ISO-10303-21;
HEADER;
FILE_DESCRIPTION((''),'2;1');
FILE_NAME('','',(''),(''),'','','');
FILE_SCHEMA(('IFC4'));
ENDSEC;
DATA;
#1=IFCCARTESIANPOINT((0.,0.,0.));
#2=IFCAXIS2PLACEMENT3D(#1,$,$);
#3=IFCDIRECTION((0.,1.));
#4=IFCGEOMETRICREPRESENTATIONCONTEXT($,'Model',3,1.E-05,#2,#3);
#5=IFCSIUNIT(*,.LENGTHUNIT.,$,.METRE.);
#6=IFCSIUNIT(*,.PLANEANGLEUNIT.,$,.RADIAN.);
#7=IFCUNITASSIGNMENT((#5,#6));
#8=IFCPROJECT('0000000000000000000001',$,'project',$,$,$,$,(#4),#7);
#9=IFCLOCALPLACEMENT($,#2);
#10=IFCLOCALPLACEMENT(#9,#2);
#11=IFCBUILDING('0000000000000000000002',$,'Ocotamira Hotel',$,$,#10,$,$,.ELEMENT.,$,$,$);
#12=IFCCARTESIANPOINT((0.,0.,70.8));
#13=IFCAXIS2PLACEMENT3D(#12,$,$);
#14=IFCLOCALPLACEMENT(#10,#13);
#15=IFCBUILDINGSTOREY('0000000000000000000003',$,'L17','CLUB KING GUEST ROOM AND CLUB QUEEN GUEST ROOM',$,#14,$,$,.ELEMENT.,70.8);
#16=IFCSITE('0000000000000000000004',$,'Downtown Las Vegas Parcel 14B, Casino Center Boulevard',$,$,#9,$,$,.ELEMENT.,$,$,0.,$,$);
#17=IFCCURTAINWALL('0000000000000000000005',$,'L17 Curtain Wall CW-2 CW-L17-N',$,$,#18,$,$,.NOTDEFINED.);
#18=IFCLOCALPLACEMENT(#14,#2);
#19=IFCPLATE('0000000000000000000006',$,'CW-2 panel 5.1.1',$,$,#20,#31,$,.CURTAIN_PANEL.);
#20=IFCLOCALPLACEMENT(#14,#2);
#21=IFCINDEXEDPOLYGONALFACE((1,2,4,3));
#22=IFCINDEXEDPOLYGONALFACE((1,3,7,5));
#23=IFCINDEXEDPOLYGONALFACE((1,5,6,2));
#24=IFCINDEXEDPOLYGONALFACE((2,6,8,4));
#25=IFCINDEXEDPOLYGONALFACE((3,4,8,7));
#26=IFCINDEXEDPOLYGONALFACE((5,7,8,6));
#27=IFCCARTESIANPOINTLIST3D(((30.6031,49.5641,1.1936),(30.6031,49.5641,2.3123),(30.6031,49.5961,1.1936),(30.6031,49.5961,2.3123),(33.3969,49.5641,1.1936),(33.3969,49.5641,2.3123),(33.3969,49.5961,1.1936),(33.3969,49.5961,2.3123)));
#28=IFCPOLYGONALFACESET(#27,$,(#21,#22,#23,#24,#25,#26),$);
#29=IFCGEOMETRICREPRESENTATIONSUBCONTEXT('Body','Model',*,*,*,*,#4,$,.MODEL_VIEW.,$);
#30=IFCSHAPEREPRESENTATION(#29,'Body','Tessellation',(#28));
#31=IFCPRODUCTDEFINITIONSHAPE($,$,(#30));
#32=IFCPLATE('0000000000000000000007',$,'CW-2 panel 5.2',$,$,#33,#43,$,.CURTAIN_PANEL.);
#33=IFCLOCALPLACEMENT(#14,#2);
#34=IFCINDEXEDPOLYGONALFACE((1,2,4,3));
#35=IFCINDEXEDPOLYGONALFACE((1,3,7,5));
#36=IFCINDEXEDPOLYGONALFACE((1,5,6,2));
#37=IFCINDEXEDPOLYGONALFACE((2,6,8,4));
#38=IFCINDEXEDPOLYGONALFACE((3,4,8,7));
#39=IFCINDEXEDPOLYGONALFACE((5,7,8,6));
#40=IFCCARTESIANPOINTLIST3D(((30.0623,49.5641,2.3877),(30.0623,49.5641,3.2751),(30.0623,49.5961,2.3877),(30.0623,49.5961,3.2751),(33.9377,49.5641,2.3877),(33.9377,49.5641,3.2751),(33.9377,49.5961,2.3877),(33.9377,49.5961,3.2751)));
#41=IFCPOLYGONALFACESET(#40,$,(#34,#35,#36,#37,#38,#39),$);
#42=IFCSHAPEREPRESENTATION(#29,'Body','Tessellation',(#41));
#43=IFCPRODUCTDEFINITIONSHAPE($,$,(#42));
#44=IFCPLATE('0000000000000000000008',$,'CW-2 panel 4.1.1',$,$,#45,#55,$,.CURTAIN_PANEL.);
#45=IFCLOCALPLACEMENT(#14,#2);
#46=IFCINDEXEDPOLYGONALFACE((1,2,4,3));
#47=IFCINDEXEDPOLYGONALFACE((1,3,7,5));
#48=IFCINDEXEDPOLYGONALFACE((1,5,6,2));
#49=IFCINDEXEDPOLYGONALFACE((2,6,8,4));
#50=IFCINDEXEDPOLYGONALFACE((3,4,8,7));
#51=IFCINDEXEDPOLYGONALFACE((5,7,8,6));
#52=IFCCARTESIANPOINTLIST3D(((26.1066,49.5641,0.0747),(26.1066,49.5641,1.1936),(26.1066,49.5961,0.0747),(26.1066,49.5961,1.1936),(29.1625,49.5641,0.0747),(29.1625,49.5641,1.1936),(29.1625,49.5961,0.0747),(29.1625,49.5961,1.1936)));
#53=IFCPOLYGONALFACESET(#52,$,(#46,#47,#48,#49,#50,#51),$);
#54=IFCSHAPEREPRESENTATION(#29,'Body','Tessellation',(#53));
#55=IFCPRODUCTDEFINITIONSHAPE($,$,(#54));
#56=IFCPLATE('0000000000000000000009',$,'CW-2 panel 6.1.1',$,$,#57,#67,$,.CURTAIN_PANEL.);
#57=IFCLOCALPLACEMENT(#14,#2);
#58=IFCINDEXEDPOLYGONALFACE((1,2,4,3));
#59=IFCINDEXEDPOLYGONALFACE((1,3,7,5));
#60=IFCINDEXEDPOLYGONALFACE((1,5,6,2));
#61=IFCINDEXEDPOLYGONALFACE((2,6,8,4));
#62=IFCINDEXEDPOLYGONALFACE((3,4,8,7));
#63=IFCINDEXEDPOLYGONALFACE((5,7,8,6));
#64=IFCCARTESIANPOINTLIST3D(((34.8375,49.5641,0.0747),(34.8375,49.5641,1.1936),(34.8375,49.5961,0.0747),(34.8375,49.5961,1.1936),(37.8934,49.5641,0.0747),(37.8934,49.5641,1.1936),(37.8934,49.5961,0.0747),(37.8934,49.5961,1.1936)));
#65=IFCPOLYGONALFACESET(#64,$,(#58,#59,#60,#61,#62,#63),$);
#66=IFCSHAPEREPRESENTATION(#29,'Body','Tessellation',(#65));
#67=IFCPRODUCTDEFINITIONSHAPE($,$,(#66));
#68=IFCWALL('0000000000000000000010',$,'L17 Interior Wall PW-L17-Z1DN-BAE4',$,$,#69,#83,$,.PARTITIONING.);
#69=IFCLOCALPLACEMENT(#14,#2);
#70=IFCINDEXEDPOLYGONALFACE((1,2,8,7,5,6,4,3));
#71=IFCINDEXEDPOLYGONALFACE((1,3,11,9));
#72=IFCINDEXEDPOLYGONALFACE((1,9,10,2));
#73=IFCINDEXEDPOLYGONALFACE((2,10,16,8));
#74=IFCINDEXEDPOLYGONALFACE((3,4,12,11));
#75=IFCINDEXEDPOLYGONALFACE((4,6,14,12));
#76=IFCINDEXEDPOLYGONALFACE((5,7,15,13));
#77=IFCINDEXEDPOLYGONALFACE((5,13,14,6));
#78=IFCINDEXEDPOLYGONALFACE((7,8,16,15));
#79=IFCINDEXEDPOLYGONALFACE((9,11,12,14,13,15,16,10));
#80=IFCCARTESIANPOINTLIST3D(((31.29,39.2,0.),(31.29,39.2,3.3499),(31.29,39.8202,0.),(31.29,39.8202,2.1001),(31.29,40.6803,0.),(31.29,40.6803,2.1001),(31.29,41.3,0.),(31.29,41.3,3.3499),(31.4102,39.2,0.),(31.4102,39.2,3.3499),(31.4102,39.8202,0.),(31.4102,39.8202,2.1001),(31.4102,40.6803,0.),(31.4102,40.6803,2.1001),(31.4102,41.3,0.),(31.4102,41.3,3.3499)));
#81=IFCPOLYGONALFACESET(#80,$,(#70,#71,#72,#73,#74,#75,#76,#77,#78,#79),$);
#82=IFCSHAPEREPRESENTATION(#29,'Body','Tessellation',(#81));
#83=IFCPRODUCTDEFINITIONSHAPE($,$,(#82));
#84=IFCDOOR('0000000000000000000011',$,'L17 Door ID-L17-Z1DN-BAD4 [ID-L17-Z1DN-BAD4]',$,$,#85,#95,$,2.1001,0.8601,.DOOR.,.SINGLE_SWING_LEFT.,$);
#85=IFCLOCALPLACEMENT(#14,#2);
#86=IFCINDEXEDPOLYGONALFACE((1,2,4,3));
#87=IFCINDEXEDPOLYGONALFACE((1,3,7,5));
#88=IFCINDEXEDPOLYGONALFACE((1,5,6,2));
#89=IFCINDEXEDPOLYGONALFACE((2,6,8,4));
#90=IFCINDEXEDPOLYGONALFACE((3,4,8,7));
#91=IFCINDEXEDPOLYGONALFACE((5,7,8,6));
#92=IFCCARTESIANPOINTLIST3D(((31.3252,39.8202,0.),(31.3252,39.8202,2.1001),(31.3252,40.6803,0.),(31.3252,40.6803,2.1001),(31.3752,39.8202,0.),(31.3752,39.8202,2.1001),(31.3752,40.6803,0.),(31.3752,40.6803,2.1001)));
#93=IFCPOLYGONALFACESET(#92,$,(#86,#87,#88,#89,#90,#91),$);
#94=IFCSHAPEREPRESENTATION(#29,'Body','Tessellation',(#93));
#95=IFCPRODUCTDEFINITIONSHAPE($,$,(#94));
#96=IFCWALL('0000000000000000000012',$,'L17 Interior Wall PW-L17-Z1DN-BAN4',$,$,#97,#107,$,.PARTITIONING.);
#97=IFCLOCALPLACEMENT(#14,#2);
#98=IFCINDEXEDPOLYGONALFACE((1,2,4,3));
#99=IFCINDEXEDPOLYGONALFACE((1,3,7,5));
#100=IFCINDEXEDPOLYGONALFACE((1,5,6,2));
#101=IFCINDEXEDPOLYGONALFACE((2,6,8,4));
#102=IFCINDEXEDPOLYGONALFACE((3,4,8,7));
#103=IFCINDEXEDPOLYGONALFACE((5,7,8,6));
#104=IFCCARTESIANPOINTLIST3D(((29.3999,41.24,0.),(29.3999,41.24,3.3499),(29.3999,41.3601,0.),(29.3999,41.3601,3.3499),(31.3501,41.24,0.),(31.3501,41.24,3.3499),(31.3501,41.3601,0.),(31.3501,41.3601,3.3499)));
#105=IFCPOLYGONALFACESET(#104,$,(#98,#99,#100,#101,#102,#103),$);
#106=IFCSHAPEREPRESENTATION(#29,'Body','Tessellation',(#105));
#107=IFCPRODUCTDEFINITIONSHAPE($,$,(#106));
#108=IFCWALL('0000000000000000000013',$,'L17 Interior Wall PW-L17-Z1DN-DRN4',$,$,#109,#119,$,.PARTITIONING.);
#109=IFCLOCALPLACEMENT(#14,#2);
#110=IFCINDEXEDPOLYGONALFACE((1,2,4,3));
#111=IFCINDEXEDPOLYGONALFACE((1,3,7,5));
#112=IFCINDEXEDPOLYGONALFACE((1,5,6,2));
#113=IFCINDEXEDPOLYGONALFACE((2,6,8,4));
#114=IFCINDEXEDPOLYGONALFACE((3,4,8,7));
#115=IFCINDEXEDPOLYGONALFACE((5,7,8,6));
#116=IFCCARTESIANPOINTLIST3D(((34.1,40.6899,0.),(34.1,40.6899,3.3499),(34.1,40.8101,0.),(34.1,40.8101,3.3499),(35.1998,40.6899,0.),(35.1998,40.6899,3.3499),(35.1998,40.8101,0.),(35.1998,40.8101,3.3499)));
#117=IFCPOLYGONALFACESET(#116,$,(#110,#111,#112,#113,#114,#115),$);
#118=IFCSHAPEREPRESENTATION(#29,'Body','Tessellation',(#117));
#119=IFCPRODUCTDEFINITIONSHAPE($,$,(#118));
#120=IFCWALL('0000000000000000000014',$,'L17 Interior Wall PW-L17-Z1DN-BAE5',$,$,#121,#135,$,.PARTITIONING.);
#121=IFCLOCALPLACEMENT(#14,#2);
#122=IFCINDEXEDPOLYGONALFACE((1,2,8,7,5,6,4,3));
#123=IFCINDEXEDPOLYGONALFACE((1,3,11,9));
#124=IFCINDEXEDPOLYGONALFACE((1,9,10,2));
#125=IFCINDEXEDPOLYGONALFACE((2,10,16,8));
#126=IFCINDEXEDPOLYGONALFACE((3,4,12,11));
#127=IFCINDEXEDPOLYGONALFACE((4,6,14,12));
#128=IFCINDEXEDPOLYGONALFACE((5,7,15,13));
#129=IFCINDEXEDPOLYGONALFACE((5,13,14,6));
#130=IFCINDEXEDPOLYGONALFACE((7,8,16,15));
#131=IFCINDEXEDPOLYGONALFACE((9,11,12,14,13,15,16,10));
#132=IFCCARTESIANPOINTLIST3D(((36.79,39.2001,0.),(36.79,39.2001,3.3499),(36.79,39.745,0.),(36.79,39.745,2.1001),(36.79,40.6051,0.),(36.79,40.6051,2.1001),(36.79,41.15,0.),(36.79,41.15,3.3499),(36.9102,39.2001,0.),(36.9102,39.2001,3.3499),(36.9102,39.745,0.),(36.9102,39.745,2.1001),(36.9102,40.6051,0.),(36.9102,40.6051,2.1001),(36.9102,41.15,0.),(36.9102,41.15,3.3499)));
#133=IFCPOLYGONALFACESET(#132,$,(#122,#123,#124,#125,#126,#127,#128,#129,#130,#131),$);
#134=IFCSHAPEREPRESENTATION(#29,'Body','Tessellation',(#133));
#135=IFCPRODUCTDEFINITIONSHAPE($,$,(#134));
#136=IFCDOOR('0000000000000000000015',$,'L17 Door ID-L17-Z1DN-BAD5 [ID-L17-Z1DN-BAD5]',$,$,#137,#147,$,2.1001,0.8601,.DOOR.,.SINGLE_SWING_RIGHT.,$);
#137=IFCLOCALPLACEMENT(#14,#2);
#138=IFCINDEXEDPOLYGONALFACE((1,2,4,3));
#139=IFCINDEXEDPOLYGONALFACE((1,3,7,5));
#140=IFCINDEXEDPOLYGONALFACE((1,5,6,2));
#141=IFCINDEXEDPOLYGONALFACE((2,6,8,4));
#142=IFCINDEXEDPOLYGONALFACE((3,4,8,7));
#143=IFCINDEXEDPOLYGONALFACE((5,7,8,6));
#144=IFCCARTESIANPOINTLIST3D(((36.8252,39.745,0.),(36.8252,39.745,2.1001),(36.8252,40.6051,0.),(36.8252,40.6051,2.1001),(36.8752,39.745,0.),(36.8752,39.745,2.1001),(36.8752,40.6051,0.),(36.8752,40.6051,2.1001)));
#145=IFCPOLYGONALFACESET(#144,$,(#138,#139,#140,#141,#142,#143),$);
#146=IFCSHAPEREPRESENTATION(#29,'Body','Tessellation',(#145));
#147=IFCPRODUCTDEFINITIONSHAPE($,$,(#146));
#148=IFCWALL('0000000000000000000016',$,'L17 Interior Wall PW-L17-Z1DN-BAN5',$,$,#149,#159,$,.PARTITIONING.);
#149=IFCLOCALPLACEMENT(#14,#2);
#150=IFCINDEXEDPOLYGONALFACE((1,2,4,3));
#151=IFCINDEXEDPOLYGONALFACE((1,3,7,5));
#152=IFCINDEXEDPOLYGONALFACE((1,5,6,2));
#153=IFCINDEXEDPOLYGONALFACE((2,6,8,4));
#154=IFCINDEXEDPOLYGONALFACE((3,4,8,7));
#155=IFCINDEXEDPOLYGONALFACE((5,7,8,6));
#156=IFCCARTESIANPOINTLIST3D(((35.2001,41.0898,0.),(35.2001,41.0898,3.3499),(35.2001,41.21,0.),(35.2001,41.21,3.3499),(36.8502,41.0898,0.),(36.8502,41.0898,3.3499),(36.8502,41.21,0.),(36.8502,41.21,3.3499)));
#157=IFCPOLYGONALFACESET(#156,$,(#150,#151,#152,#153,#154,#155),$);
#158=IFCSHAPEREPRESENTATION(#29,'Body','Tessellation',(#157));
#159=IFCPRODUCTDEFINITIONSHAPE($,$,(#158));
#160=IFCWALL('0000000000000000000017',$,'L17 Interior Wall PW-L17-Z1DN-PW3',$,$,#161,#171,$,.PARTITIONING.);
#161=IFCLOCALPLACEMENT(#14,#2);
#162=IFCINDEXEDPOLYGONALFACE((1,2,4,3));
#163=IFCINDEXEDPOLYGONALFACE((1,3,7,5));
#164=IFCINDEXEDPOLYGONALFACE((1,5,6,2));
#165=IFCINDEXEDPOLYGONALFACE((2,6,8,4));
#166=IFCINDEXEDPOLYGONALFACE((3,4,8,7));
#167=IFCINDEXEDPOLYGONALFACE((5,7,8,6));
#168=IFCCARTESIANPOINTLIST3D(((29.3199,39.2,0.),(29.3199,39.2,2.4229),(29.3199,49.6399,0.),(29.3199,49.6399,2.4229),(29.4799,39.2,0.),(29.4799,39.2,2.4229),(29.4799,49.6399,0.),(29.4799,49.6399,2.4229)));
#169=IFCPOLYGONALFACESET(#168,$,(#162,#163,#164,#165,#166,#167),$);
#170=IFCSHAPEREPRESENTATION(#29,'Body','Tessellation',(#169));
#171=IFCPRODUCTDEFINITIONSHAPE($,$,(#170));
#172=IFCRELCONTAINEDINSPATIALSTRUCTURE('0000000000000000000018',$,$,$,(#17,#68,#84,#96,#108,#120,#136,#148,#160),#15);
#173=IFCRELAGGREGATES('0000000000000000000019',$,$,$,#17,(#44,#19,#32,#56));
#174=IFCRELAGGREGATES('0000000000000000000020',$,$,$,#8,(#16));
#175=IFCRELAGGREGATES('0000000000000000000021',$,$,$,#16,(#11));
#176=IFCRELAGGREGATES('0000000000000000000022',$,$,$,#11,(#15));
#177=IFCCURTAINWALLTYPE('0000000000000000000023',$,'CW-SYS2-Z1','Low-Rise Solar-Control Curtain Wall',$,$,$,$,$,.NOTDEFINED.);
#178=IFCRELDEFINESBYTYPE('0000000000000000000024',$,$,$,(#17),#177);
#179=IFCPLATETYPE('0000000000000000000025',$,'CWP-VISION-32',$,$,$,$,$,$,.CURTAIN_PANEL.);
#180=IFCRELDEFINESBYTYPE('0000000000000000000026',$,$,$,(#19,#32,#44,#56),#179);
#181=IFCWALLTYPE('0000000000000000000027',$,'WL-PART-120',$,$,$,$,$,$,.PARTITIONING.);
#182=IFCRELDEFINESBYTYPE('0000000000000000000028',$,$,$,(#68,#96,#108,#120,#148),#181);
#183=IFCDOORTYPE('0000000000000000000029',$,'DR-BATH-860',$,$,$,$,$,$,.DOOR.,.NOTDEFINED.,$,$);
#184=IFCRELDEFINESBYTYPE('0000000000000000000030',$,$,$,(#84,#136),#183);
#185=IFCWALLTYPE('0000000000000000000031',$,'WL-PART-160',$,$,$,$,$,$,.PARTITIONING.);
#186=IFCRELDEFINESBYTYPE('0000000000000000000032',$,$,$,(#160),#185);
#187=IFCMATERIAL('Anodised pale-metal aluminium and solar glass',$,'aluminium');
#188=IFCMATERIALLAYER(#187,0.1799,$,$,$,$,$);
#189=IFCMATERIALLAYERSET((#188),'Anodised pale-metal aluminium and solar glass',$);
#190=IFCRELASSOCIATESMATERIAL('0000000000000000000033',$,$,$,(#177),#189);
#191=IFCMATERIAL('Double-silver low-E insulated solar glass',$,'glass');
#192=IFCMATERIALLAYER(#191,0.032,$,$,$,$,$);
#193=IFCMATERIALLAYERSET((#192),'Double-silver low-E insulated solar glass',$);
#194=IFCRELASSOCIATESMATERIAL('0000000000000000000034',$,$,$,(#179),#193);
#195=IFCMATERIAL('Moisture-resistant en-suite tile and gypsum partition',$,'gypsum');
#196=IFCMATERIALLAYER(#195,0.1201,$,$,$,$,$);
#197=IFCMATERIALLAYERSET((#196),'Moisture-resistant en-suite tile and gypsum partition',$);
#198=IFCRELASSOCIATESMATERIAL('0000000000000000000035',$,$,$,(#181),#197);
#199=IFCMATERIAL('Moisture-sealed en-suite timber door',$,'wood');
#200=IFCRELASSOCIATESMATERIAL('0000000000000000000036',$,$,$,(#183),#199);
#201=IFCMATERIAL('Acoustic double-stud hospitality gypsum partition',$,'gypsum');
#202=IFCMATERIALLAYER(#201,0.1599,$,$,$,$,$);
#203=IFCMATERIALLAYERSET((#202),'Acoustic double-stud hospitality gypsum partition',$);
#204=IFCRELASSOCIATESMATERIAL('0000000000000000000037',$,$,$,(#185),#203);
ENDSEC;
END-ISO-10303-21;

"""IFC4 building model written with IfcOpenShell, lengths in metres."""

from ifc_helpers import new_model, si_unit, direction, frame, frame_2d, origin, origin_2d, place, context, subcontext, project, spatial, rectangle, extrude, source, transform, mapped, material, layer, layer_set, type_object, element, fill, aggregate, save


model = new_model("IFC4")

# Units and contexts
model_context = context("Model", 3, precision=1e-05, world=origin(), true_north=direction((0.0, 1.0)))
body_context = subcontext(model_context, "Body", "Model", "MODEL_VIEW")
ifc_project = project(units=[si_unit("LENGTHUNIT", "METRE"), si_unit("PLANEANGLEUNIT", "RADIAN")], contexts=[model_context])

# Site, building, storey
site_placement = place(None, origin())
site = spatial("IfcSite", under=ifc_project, at=site_placement, Name="Downtown Las Vegas Parcel 14B, Casino Center Boulevard", CompositionType="ELEMENT", RefElevation=0.0)
building_placement = place(site_placement, origin())
building = spatial("IfcBuilding", under=site, at=building_placement, Name="Ocotamira Hotel", CompositionType="ELEMENT")
storey_placement = place(building_placement, frame((0.0, 0.0, 70.8)))
storey = spatial("IfcBuildingStorey", under=building, at=storey_placement, Name="L17", Description="CLUB KING GUEST ROOM AND CLUB QUEEN GUEST ROOM", CompositionType="ELEMENT", Elevation=70.8)

# Curtain wall
ifc_material_1 = material(Name="Anodised pale-metal aluminium and solar glass", Category="aluminium")
ifc_layer_1 = layer(ifc_material_1, 0.1799)
ifc_layer_set_1 = layer_set([ifc_layer_1], Name="Anodised pale-metal aluminium and solar glass")
curtain_wall_type = type_object("IfcCurtainWallType", Name="CW-SYS2-Z1", Description="Low-Rise Solar-Control Curtain Wall", PredefinedType="NOTDEFINED", material=ifc_layer_set_1)
curtain_wall_placement = place(storey_placement, origin())
curtain_wall = element("IfcCurtainWall", 1, at=curtain_wall_placement, inside=storey, type_object=curtain_wall_type, Name="L17 Curtain Wall CW-2 CW-L17-N", PredefinedType="NOTDEFINED")

# Plates
ifc_material_2 = material(Name="Double-silver low-E insulated solar glass", Category="glass")
ifc_layer_2 = layer(ifc_material_2, 0.032)
ifc_layer_set_2 = layer_set([ifc_layer_2], Name="Double-silver low-E insulated solar glass")
plate_type_1 = type_object("IfcPlateType", Name="CWP-VISION-32", PredefinedType="CURTAIN_PANEL", material=ifc_layer_set_2)
shared_shape_1 = source(origin(), body_context, "Body", "SweptSolid", [
    extrude(rectangle(XDim=2.7937, YDim=0.032, at=origin_2d()), origin(), (0.0, 0.0, 1.0), 1.1187),
])
plate_1_placement = place(storey_placement, frame((32.0, 49.5801, 1.1936), z_axis=(0.0, 0.0, 1.0), x_axis=(1.0, 0.0, 0.0)))
plate_1 = element("IfcPlate", 2, at=plate_1_placement, type_object=plate_type_1, Name="CW-2 panel 5.1.1", PredefinedType="CURTAIN_PANEL", context=body_context, shape_type="MappedRepresentation", body=[
    mapped(shared_shape_1, transform((0.0, 0.0, 0.0), scale=1.0)),
])
shared_shape_2 = source(origin(), body_context, "Body", "SweptSolid", [
    extrude(rectangle(XDim=3.8755, YDim=0.032, at=origin_2d()), origin(), (0.0, 0.0, 1.0), 0.8875),
])
plate_2_placement = place(storey_placement, frame((32.0, 49.5801, 2.3877), z_axis=(0.0, 0.0, 1.0), x_axis=(1.0, 0.0, 0.0)))
plate_2 = element("IfcPlate", 3, at=plate_2_placement, type_object=plate_type_1, Name="CW-2 panel 5.2", PredefinedType="CURTAIN_PANEL", context=body_context, shape_type="MappedRepresentation", body=[
    mapped(shared_shape_2, transform((0.0, 0.0, 0.0), scale=1.0)),
])
shared_shape_3 = source(origin(), body_context, "Body", "SweptSolid", [
    extrude(rectangle(XDim=3.0559, YDim=0.032, at=origin_2d()), origin(), (0.0, 0.0, 1.0), 1.1189),
])
plate_3_placement = place(storey_placement, frame((27.6345, 49.5801, 0.0747), z_axis=(0.0, 0.0, 1.0), x_axis=(1.0, 0.0, 0.0)))
plate_3 = element("IfcPlate", 4, at=plate_3_placement, type_object=plate_type_1, Name="CW-2 panel 4.1.1", PredefinedType="CURTAIN_PANEL", context=body_context, shape_type="MappedRepresentation", body=[
    mapped(shared_shape_3, transform((0.0, 0.0, 0.0), scale=1.0)),
])
plate_4_placement = place(storey_placement, frame((36.3655, 49.5801, 0.0747), z_axis=(0.0, 0.0, 1.0), x_axis=(1.0, 0.0, 0.0)))
plate_4 = element("IfcPlate", 5, at=plate_4_placement, type_object=plate_type_1, Name="CW-2 panel 6.1.1", PredefinedType="CURTAIN_PANEL", context=body_context, shape_type="MappedRepresentation", body=[
    mapped(shared_shape_3, transform((0.0, 0.0, 0.0), scale=1.0)),
])
aggregate(curtain_wall, [plate_3, plate_1, plate_2, plate_4])

# Wall, opening, door
ifc_material_3 = material(Name="Moisture-resistant en-suite tile and gypsum partition", Category="gypsum")
ifc_layer_3 = layer(ifc_material_3, 0.1201)
ifc_layer_set_3 = layer_set([ifc_layer_3], Name="Moisture-resistant en-suite tile and gypsum partition")
wall_type_1 = type_object("IfcWallType", Name="WL-PART-120", PredefinedType="PARTITIONING", material=ifc_layer_set_3)
wall_1_placement = place(storey_placement, frame((31.3501, 39.2, 0.0), z_axis=(0.0, 0.0, 1.0), x_axis=(0.0, 1.0, 0.0)))
wall_1 = element("IfcWall", 6, at=wall_1_placement, inside=storey, type_object=wall_type_1, Name="L17 Interior Wall PW-L17-Z1DN-BAE4", PredefinedType="PARTITIONING", context=body_context, shape_type="SweptSolid", body=[
    extrude(rectangle(XDim=2.1001, YDim=0.1201, at=frame_2d((1.05, 0.0))), origin(), (0.0, 0.0, 1.0), 3.3499),
])
opening_1_placement = place(wall_1_placement, frame((0.6201, 0.0, 0.0)))
opening_1 = element("IfcOpeningElement", 7, at=opening_1_placement, cuts=wall_1, PredefinedType="OPENING", context=body_context, shape_type="SweptSolid", body=[
    extrude(rectangle(XDim=0.8601, YDim=2.1001, at=frame_2d((0.4302, 1.05))), frame((0.0, 0.0701, 0.0), z_axis=(0.0, -1.0, 0.0), x_axis=(1.0, 0.0, 0.0)), (0.0, 0.0, 1.0), 0.1401),
])
ifc_material_4 = material(Name="Moisture-sealed en-suite timber door", Category="wood")
door_type = type_object("IfcDoorType", Name="DR-BATH-860", OperationType="NOTDEFINED", PredefinedType="DOOR", material=ifc_material_4)
shared_shape_4 = source(origin(), body_context, "Body", "SweptSolid", [
    extrude(rectangle(XDim=0.8601, YDim=2.1001, at=frame_2d((0.4302, 1.05))), frame((0.0, 0.0249, 0.0), z_axis=(0.0, -1.0, 0.0), x_axis=(1.0, 0.0, 0.0)), (0.0, 0.0, 1.0), 0.05),
])
door_1_placement = place(opening_1_placement, origin())
door_1 = element("IfcDoor", 8, at=door_1_placement, inside=storey, type_object=door_type, Name="L17 Door ID-L17-Z1DN-BAD4 [ID-L17-Z1DN-BAD4]", OperationType="SINGLE_SWING_LEFT", OverallHeight=2.1001, OverallWidth=0.8601, PredefinedType="DOOR", context=body_context, shape_type="MappedRepresentation", body=[
    mapped(shared_shape_4, transform((0.0, 0.0, 0.0), scale=1.0)),
])
fill(opening_1, door_1)

# Walls
wall_2_placement = place(storey_placement, frame((29.3999, 41.3, 0.0), z_axis=(0.0, 0.0, 1.0), x_axis=(1.0, 0.0, 0.0)))
element("IfcWall", 9, at=wall_2_placement, inside=storey, type_object=wall_type_1, Name="L17 Interior Wall PW-L17-Z1DN-BAN4", PredefinedType="PARTITIONING", context=body_context, shape_type="SweptSolid", body=[
    extrude(rectangle(XDim=1.9502, YDim=0.1201, at=frame_2d((0.9751, 0.0))), origin(), (0.0, 0.0, 1.0), 3.3499),
])
wall_3_placement = place(storey_placement, frame((34.1001, 40.75, 0.0), z_axis=(0.0, 0.0, 1.0), x_axis=(1.0, 0.0, 0.0)))
element("IfcWall", 10, at=wall_3_placement, inside=storey, type_object=wall_type_1, Name="L17 Interior Wall PW-L17-Z1DN-DRN4", PredefinedType="PARTITIONING", context=body_context, shape_type="SweptSolid", body=[
    extrude(rectangle(XDim=1.0999, YDim=0.1201, at=frame_2d((0.5498, 0.0))), origin(), (0.0, 0.0, 1.0), 3.3499),
])

# Wall, opening, door
wall_4_placement = place(storey_placement, frame((36.8501, 39.2, 0.0), z_axis=(0.0, 0.0, 1.0), x_axis=(0.0, 1.0, 0.0)))
wall_4 = element("IfcWall", 11, at=wall_4_placement, inside=storey, type_object=wall_type_1, Name="L17 Interior Wall PW-L17-Z1DN-BAE5", PredefinedType="PARTITIONING", context=body_context, shape_type="SweptSolid", body=[
    extrude(rectangle(XDim=1.95, YDim=0.1201, at=frame_2d((0.9751, 0.0))), origin(), (0.0, 0.0, 1.0), 3.3499),
])
opening_2_placement = place(wall_4_placement, frame((0.5449, 0.0, 0.0)))
opening_2 = element("IfcOpeningElement", 12, at=opening_2_placement, cuts=wall_4, PredefinedType="OPENING", context=body_context, shape_type="SweptSolid", body=[
    extrude(rectangle(XDim=0.8601, YDim=2.1001, at=frame_2d((0.4302, 1.05))), frame((0.0, 0.0701, 0.0), z_axis=(0.0, -1.0, 0.0), x_axis=(1.0, 0.0, 0.0)), (0.0, 0.0, 1.0), 0.1401),
])
door_2_placement = place(opening_2_placement, origin())
door_2 = element("IfcDoor", 13, at=door_2_placement, inside=storey, type_object=door_type, Name="L17 Door ID-L17-Z1DN-BAD5 [ID-L17-Z1DN-BAD5]", OperationType="SINGLE_SWING_RIGHT", OverallHeight=2.1001, OverallWidth=0.8601, PredefinedType="DOOR", context=body_context, shape_type="MappedRepresentation", body=[
    mapped(shared_shape_4, transform((0.0, 0.0, 0.0), scale=1.0)),
])
fill(opening_2, door_2)

# Walls
wall_5_placement = place(storey_placement, frame((35.2, 41.1499, 0.0), z_axis=(0.0, 0.0, 1.0), x_axis=(1.0, 0.0, 0.0)))
element("IfcWall", 14, at=wall_5_placement, inside=storey, type_object=wall_type_1, Name="L17 Interior Wall PW-L17-Z1DN-BAN5", PredefinedType="PARTITIONING", context=body_context, shape_type="SweptSolid", body=[
    extrude(rectangle(XDim=1.6501, YDim=0.1201, at=frame_2d((0.8252, 0.0))), origin(), (0.0, 0.0, 1.0), 3.3499),
])
ifc_material_5 = material(Name="Acoustic double-stud hospitality gypsum partition", Category="gypsum")
ifc_layer_4 = layer(ifc_material_5, 0.1599)
ifc_layer_set_4 = layer_set([ifc_layer_4], Name="Acoustic double-stud hospitality gypsum partition")
wall_type_2 = type_object("IfcWallType", Name="WL-PART-160", PredefinedType="PARTITIONING", material=ifc_layer_set_4)
wall_6_placement = place(storey_placement, frame((29.3999, 39.2, 0.0), z_axis=(0.0, 0.0, 1.0), x_axis=(0.0, 1.0, 0.0)))
element("IfcWall", 15, at=wall_6_placement, inside=storey, type_object=wall_type_2, Name="L17 Interior Wall PW-L17-Z1DN-PW3", PredefinedType="PARTITIONING", context=body_context, shape_type="SweptSolid", body=[
    extrude(rectangle(XDim=10.4399, YDim=0.1599, at=frame_2d((5.22, 0.0))), origin(), (0.0, 0.0, 1.0), 2.4229),
])

save(model, "model.ifc")
